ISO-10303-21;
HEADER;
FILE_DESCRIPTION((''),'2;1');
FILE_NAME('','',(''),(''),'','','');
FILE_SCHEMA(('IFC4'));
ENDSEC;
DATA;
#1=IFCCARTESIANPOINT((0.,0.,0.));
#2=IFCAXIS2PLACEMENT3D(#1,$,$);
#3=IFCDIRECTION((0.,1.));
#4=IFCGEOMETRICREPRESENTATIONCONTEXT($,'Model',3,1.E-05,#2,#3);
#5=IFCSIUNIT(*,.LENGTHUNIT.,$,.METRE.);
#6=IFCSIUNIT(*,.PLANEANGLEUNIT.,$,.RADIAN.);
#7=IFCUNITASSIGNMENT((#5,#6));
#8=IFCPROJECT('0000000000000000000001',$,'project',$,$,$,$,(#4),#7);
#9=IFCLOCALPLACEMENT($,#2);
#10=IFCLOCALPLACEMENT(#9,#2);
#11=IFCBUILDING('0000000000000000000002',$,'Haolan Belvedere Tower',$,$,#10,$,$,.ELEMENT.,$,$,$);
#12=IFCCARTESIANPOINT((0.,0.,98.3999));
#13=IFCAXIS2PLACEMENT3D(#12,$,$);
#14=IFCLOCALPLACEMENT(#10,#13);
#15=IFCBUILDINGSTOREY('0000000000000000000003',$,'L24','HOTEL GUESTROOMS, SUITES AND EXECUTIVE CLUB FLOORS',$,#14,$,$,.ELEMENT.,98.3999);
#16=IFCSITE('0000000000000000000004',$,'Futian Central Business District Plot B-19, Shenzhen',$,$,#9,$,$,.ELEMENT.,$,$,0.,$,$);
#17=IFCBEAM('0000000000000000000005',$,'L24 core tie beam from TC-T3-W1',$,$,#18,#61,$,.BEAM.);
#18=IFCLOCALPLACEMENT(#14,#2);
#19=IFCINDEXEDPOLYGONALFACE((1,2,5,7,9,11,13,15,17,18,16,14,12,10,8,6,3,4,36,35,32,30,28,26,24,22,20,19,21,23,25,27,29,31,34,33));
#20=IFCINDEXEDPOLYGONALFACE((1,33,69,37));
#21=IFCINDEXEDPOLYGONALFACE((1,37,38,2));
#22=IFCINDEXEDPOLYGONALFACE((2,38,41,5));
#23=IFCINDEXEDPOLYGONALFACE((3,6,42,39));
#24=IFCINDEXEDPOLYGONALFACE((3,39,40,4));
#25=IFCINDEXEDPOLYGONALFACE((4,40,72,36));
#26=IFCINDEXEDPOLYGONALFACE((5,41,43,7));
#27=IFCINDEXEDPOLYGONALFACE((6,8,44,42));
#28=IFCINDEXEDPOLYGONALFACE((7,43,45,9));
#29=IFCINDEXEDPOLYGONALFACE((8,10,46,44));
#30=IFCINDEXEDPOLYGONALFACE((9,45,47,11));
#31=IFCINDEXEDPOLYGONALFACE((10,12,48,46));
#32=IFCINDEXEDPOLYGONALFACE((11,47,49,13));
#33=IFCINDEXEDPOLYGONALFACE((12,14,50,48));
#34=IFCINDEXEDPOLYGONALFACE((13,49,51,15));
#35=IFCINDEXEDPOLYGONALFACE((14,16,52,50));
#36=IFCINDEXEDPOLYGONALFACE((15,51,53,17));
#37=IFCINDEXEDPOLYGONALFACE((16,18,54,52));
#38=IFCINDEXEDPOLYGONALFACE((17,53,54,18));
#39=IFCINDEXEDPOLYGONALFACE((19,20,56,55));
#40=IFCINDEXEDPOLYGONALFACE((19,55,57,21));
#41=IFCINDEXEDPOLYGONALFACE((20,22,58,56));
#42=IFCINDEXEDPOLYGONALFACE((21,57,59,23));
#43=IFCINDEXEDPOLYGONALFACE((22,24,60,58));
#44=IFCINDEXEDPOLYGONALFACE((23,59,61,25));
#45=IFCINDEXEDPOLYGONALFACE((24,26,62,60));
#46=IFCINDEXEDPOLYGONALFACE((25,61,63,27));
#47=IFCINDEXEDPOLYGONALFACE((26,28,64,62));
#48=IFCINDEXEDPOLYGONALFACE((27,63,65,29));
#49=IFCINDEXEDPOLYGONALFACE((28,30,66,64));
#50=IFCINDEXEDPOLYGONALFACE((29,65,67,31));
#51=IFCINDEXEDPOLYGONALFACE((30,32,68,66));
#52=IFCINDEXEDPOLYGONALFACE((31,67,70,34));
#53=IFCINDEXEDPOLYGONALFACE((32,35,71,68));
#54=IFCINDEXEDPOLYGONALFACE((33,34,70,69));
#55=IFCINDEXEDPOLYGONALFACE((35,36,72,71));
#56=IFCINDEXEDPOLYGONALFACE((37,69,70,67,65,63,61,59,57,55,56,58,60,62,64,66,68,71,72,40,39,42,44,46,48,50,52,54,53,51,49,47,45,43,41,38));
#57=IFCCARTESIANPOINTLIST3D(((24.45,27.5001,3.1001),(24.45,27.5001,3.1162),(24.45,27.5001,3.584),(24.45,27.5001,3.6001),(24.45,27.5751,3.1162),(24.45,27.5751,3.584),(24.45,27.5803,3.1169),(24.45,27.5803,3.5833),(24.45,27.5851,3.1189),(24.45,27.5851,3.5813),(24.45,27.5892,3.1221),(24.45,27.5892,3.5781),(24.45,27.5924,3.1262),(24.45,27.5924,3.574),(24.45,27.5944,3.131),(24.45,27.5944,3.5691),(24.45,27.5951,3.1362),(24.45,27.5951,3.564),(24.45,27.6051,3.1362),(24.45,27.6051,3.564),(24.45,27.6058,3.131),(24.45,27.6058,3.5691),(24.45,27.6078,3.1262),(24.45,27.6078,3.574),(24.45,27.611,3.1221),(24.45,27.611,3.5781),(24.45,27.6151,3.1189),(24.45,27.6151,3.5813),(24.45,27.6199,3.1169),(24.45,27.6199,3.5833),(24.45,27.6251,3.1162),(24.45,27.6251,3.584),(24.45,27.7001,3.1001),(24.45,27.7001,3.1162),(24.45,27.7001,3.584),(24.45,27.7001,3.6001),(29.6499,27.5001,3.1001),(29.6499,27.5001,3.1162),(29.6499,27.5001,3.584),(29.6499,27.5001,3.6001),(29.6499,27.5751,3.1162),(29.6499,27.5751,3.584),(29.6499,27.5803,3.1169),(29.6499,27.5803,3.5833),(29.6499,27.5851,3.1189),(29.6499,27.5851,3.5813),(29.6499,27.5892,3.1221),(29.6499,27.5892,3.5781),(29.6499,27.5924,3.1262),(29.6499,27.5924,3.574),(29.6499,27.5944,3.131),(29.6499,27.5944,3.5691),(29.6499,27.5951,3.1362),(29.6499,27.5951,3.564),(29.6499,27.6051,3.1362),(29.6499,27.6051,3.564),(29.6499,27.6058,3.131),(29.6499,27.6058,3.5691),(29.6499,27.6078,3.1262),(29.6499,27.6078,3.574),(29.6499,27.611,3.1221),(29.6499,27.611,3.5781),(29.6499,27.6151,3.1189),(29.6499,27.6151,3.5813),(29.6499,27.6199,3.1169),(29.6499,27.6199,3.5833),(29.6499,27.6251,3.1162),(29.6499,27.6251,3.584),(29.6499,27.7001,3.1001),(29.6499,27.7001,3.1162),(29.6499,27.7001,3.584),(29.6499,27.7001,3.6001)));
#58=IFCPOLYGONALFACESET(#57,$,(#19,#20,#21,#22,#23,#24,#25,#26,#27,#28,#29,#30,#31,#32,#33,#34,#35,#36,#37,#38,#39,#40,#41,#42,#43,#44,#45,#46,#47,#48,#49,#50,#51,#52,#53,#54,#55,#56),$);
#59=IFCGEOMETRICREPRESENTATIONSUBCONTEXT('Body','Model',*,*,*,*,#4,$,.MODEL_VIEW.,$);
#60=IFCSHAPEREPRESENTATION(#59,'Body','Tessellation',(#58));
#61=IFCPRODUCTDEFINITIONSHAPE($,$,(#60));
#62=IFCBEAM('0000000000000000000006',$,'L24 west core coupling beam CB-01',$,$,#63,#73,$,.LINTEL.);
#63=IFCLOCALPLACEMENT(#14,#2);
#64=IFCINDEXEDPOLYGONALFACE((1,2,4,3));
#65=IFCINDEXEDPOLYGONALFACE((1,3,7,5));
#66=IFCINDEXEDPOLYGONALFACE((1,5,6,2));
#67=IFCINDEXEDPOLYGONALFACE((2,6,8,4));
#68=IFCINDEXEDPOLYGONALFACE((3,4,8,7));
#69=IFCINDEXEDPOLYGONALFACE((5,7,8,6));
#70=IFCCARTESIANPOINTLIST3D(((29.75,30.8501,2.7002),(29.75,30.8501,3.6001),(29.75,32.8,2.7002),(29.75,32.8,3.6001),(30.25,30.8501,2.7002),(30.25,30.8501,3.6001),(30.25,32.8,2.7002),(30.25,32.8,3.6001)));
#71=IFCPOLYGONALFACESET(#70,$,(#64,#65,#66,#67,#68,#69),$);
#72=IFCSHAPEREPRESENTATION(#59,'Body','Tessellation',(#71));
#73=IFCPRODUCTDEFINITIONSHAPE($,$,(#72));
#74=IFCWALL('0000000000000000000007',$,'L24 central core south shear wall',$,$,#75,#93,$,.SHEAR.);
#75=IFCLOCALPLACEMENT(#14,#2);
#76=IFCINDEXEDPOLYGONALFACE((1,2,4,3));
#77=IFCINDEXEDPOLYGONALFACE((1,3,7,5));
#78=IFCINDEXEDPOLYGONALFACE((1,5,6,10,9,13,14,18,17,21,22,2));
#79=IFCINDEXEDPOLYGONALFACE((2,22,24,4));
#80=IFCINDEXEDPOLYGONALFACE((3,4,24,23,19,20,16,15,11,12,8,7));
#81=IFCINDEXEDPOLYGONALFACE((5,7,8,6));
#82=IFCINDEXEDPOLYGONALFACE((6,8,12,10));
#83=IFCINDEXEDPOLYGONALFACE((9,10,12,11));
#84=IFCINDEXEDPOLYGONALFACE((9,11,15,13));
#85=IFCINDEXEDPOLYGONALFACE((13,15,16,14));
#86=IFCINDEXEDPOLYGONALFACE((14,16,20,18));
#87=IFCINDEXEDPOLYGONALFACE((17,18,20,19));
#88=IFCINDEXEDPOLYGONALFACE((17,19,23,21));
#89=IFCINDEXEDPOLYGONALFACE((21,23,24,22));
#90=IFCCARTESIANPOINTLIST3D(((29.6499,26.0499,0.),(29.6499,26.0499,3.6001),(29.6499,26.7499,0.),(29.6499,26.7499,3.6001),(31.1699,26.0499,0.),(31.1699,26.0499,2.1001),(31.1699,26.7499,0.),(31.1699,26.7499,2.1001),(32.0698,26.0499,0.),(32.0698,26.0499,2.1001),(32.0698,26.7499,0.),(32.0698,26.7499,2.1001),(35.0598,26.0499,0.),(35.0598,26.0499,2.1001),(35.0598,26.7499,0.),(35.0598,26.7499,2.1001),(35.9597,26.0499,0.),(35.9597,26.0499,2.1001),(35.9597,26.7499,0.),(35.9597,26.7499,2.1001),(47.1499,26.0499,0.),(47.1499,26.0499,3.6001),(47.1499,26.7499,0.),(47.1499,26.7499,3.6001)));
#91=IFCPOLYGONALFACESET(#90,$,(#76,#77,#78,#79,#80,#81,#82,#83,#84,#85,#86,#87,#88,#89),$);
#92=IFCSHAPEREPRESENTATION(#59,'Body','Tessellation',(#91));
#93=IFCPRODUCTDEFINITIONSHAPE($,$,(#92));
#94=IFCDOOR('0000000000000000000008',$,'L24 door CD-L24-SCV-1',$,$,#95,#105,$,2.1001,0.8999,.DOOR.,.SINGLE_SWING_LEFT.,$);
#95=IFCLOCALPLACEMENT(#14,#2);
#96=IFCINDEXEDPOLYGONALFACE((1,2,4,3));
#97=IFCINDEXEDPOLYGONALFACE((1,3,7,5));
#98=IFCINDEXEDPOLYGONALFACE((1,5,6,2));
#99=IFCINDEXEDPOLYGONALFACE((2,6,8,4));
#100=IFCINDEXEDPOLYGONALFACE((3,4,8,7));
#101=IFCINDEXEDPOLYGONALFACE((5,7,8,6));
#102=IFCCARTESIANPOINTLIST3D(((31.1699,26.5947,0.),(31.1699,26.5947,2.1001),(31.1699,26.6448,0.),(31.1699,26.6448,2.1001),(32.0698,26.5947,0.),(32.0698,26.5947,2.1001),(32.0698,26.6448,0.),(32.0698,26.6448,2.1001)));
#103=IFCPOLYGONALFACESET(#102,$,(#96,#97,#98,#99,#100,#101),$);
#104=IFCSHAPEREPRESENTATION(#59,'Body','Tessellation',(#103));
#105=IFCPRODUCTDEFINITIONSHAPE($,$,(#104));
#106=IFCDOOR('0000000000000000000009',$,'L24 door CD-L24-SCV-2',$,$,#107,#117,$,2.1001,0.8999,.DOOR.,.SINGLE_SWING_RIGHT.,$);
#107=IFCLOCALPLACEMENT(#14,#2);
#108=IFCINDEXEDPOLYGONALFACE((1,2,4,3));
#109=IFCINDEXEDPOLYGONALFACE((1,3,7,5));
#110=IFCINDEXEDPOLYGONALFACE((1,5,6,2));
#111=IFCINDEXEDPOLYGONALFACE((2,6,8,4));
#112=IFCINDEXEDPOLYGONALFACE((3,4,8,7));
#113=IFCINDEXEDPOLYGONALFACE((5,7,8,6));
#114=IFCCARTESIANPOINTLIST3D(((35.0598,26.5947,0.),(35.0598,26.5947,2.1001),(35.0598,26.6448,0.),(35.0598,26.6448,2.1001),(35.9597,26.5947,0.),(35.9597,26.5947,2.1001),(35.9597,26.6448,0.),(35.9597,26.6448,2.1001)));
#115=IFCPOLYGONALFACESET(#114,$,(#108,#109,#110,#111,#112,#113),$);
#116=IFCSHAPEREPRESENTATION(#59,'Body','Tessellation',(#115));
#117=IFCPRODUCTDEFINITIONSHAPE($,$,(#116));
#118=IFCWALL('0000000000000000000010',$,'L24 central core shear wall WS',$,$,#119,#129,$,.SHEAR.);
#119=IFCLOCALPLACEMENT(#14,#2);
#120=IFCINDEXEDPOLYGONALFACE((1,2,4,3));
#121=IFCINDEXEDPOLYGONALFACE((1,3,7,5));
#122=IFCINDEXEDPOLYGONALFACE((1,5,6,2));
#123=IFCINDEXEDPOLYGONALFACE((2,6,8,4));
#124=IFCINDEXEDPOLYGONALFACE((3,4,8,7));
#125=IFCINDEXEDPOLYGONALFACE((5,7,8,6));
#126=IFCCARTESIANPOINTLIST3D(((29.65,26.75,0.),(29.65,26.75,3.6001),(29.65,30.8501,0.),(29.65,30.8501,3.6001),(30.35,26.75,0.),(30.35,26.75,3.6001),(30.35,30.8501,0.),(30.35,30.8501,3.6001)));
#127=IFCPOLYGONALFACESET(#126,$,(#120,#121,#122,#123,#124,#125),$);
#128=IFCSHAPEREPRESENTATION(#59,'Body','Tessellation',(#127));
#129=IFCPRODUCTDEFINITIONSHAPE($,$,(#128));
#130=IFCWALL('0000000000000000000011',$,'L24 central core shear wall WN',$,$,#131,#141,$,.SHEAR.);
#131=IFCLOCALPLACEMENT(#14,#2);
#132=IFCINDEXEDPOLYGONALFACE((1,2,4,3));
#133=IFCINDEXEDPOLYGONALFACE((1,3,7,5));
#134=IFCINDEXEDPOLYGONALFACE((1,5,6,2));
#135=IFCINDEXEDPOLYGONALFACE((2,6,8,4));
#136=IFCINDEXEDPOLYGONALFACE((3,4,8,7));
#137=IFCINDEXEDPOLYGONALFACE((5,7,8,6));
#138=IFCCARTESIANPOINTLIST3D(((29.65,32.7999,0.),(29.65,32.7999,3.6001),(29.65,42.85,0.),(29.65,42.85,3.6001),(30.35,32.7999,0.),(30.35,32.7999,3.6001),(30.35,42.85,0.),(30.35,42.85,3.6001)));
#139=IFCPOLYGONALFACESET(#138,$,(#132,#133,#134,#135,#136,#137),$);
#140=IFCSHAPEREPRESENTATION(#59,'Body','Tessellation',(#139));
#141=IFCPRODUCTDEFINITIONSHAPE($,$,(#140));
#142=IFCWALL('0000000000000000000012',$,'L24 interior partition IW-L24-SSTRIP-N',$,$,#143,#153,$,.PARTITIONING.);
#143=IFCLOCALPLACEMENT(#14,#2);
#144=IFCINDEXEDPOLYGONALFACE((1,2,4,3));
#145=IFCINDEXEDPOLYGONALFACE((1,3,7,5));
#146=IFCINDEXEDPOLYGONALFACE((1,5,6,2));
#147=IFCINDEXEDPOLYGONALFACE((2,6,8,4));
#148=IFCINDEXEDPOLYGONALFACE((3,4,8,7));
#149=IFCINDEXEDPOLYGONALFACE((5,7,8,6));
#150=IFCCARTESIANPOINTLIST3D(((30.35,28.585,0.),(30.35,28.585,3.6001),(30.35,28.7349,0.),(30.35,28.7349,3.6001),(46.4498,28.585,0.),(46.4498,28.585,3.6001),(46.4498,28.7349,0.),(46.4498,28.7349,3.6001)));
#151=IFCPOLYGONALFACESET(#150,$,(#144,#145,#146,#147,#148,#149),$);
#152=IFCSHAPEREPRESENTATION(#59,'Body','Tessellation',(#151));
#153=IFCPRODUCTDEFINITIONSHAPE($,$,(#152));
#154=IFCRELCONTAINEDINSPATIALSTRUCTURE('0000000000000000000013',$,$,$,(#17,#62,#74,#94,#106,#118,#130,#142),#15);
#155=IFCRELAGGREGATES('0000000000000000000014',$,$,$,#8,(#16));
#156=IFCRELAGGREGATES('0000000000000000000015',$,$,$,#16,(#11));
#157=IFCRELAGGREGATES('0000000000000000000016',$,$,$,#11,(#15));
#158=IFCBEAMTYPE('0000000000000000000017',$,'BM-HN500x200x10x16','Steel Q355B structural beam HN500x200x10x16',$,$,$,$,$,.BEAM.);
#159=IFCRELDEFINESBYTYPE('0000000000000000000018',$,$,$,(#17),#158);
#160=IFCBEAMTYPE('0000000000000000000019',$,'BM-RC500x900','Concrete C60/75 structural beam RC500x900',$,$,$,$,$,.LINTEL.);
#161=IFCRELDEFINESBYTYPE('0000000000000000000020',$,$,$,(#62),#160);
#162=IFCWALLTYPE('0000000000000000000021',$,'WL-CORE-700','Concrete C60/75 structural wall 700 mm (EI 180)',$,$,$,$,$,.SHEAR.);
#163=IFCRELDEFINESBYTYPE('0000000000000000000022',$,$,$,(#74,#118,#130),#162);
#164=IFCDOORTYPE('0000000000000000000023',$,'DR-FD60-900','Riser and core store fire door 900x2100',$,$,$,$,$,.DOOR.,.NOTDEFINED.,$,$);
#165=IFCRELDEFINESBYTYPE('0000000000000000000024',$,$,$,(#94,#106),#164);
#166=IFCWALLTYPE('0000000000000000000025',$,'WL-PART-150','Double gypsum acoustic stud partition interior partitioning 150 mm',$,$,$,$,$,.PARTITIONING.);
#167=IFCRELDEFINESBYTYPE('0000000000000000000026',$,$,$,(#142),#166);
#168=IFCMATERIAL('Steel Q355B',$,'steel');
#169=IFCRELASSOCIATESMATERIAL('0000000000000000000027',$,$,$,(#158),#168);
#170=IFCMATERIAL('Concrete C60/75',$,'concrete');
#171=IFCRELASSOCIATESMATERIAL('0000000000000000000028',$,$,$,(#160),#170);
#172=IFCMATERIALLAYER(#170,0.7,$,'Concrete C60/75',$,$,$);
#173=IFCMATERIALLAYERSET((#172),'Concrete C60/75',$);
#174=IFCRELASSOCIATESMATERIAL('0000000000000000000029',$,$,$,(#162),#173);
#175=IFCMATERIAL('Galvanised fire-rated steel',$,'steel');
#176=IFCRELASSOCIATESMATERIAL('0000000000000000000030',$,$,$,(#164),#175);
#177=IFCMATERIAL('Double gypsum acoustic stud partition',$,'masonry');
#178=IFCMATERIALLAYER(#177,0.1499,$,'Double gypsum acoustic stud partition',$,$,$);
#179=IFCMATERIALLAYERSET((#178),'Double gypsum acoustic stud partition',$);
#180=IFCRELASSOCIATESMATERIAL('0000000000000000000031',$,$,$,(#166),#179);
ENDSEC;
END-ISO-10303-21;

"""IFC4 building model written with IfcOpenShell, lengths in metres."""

from ifc_helpers import new_model, si_unit, direction, frame, frame_2d, origin, origin_2d, place, context, subcontext, project, spatial, rectangle, i_section, extrude, material, layer, layer_set, material_profile, profile_set, type_object, element, fill, save


model = new_model("IFC4")

# Units and contexts
model_context = context("Model", 3, precision=1e-05, world=origin(), true_north=direction((0.0, 1.0)))
body_context = subcontext(model_context, "Body", "Model", "MODEL_VIEW")
ifc_project = project(units=[si_unit("LENGTHUNIT", "METRE"), si_unit("PLANEANGLEUNIT", "RADIAN")], contexts=[model_context])

# Site, building, storey
site_placement = place(None, origin())
site = spatial("IfcSite", under=ifc_project, at=site_placement, Name="Futian Central Business District Plot B-19, Shenzhen", CompositionType="ELEMENT", RefElevation=0.0)
building_placement = place(site_placement, origin())
building = spatial("IfcBuilding", under=site, at=building_placement, Name="Haolan Belvedere Tower", CompositionType="ELEMENT")
storey_placement = place(building_placement, frame((0.0, 0.0, 98.3999)))
storey = spatial("IfcBuildingStorey", under=building, at=storey_placement, Name="L24", Description="HOTEL GUESTROOMS, SUITES AND EXECUTIVE CLUB FLOORS", CompositionType="ELEMENT", Elevation=98.3999)

# Beams
ifc_material_1 = material(Name="Steel Q355B", Category="steel")
ifc_material_profile_1 = material_profile(ifc_material_1, i_section(OverallWidth=0.2, OverallDepth=0.5, WebThickness=0.01, FlangeThickness=0.0161, FilletRadius=0.02, at=origin_2d()), Name="Steel Q355B")
ifc_profile_set_1 = profile_set([ifc_material_profile_1], Name="Steel Q355B")
beam_type_1 = type_object("IfcBeamType", Name="BM-HN500x200x10x16", Description="Steel Q355B structural beam HN500x200x10x16", PredefinedType="BEAM", material=ifc_profile_set_1)
beam_1_placement = place(storey_placement, frame((24.45, 27.6001, 3.3501), z_axis=(1.0, 0.0, 0.0), x_axis=(0.0, 1.0, 0.0)))
element("IfcBeam", 1, at=beam_1_placement, inside=storey, type_object=beam_type_1, Name="L24 core tie beam from TC-T3-W1", PredefinedType="BEAM", context=body_context, shape_type="SweptSolid", body=[
    extrude(i_section(OverallWidth=0.2, OverallDepth=0.5, WebThickness=0.01, FlangeThickness=0.0161, FilletRadius=0.02, at=origin_2d()), origin(), (0.0, 0.0, 1.0), 5.2),
])
ifc_material_2 = material(Name="Concrete C60/75", Category="concrete")
ifc_material_profile_2 = material_profile(ifc_material_2, rectangle(XDim=0.5, YDim=0.8999, at=origin_2d()), Name="Concrete C60/75")
ifc_profile_set_2 = profile_set([ifc_material_profile_2], Name="Concrete C60/75")
beam_type_2 = type_object("IfcBeamType", Name="BM-RC500x900", Description="Concrete C60/75 structural beam RC500x900", PredefinedType="LINTEL", material=ifc_profile_set_2)
beam_2_placement = place(storey_placement, frame((30.0, 30.8501, 3.1501), z_axis=(0.0, 1.0, 0.0), x_axis=(-1.0, 0.0, 0.0)))
element("IfcBeam", 2, at=beam_2_placement, inside=storey, type_object=beam_type_2, Name="L24 west core coupling beam CB-01", PredefinedType="LINTEL", context=body_context, shape_type="SweptSolid", body=[
    extrude(rectangle(XDim=0.5, YDim=0.8999, at=origin_2d()), origin(), (0.0, 0.0, 1.0), 1.95),
])

# Wall, openings, doors
ifc_layer_1 = layer(ifc_material_2, 0.7, Name="Concrete C60/75")
ifc_layer_set_1 = layer_set([ifc_layer_1], Name="Concrete C60/75")
wall_type_1 = type_object("IfcWallType", Name="WL-CORE-700", Description="Concrete C60/75 structural wall 700 mm (EI 180)", PredefinedType="SHEAR", material=ifc_layer_set_1)
wall_1_placement = place(storey_placement, frame((29.6499, 26.3999, 0.0), z_axis=(0.0, 0.0, 1.0), x_axis=(1.0, 0.0, 0.0)))
wall_1 = element("IfcWall", 3, at=wall_1_placement, inside=storey, type_object=wall_type_1, Name="L24 central core south shear wall", PredefinedType="SHEAR", context=body_context, shape_type="SweptSolid", body=[
    extrude(rectangle(XDim=17.5, YDim=0.7, at=frame_2d((8.75, 0.0))), origin(), (0.0, 0.0, 1.0), 3.6001),
])
opening_1_placement = place(wall_1_placement, frame((2.4199, 0.0, 0.0), z_axis=(0.0, 0.0, 1.0), x_axis=(-1.0, 0.0, 0.0)))
opening_1 = element("IfcOpeningElement", 4, at=opening_1_placement, cuts=wall_1, PredefinedType="OPENING", context=body_context, shape_type="SweptSolid", body=[
    extrude(rectangle(XDim=0.8999, YDim=2.1001, at=frame_2d((0.45, 1.05))), frame((0.0, 0.3599, 0.0), z_axis=(0.0, -1.0, 0.0), x_axis=(1.0, 0.0, 0.0)), (0.0, 0.0, 1.0), 0.72),
])
opening_2_placement = place(wall_1_placement, frame((6.3098, 0.0, 0.0), z_axis=(0.0, 0.0, 1.0), x_axis=(-1.0, 0.0, 0.0)))
opening_2 = element("IfcOpeningElement", 5, at=opening_2_placement, cuts=wall_1, PredefinedType="OPENING", context=body_context, shape_type="SweptSolid", body=[
    extrude(rectangle(XDim=0.8999, YDim=2.1001, at=frame_2d((0.45, 1.05))), frame((0.0, 0.3599, 0.0), z_axis=(0.0, -1.0, 0.0), x_axis=(1.0, 0.0, 0.0)), (0.0, 0.0, 1.0), 0.72),
])
ifc_material_3 = material(Name="Galvanised fire-rated steel", Category="steel")
door_type_1 = type_object("IfcDoorType", Name="DR-FD60-900", Description="Riser and core store fire door 900x2100", OperationType="NOTDEFINED", PredefinedType="DOOR", material=ifc_material_3)
door_1_placement = place(opening_1_placement, origin())
door_1 = element("IfcDoor", 6, at=door_1_placement, inside=storey, type_object=door_type_1, Name="L24 door CD-L24-SCV-1", OperationType="SINGLE_SWING_LEFT", OverallHeight=2.1001, OverallWidth=0.8999, PredefinedType="DOOR", context=body_context, shape_type="SweptSolid", body=[
    extrude(rectangle(XDim=0.8999, YDim=2.1001, at=frame_2d((0.45, 1.05))), frame((0.0, -0.1948, 0.0), z_axis=(0.0, -1.0, 0.0), x_axis=(1.0, 0.0, 0.0)), (0.0, 0.0, 1.0), 0.05),
])
fill(opening_1, door_1)
door_2_placement = place(opening_2_placement, origin())
door_2 = element("IfcDoor", 7, at=door_2_placement, inside=storey, type_object=door_type_1, Name="L24 door CD-L24-SCV-2", OperationType="SINGLE_SWING_RIGHT", OverallHeight=2.1001, OverallWidth=0.8999, PredefinedType="DOOR", context=body_context, shape_type="SweptSolid", body=[
    extrude(rectangle(XDim=0.8999, YDim=2.1001, at=frame_2d((0.45, 1.05))), frame((0.0, -0.1948, 0.0), z_axis=(0.0, -1.0, 0.0), x_axis=(1.0, 0.0, 0.0)), (0.0, 0.0, 1.0), 0.05),
])
fill(opening_2, door_2)

# Walls
wall_2_placement = place(storey_placement, frame((30.0, 26.75, 0.0), z_axis=(0.0, 0.0, 1.0), x_axis=(0.0, 1.0, 0.0)))
element("IfcWall", 8, at=wall_2_placement, inside=storey, type_object=wall_type_1, Name="L24 central core shear wall WS", PredefinedType="SHEAR", context=body_context, shape_type="SweptSolid", body=[
    extrude(rectangle(XDim=4.1001, YDim=0.7, at=frame_2d((2.05, 0.0))), origin(), (0.0, 0.0, 1.0), 3.6001),
])
wall_3_placement = place(storey_placement, frame((30.0, 32.8, 0.0), z_axis=(0.0, 0.0, 1.0), x_axis=(0.0, 1.0, 0.0)))
element("IfcWall", 9, at=wall_3_placement, inside=storey, type_object=wall_type_1, Name="L24 central core shear wall WN", PredefinedType="SHEAR", context=body_context, shape_type="SweptSolid", body=[
    extrude(rectangle(XDim=10.05, YDim=0.7, at=frame_2d((5.0249, 0.0))), origin(), (0.0, 0.0, 1.0), 3.6001),
])
ifc_material_4 = material(Name="Double gypsum acoustic stud partition", Category="masonry")
ifc_layer_2 = layer(ifc_material_4, 0.1499, Name="Double gypsum acoustic stud partition")
ifc_layer_set_2 = layer_set([ifc_layer_2], Name="Double gypsum acoustic stud partition")
wall_type_2 = type_object("IfcWallType", Name="WL-PART-150", Description="Double gypsum acoustic stud partition interior partitioning 150 mm", PredefinedType="PARTITIONING", material=ifc_layer_set_2)
wall_4_placement = place(storey_placement, frame((30.3501, 28.6599, 0.0), z_axis=(0.0, 0.0, 1.0), x_axis=(1.0, 0.0, 0.0)))
element("IfcWall", 10, at=wall_4_placement, inside=storey, type_object=wall_type_2, Name="L24 interior partition IW-L24-SSTRIP-N", PredefinedType="PARTITIONING", context=body_context, shape_type="SweptSolid", body=[
    extrude(rectangle(XDim=16.0999, YDim=0.1499, at=frame_2d((8.0498, 0.0))), origin(), (0.0, 0.0, 1.0), 3.6001),
])

save(model, "model.ifc")
